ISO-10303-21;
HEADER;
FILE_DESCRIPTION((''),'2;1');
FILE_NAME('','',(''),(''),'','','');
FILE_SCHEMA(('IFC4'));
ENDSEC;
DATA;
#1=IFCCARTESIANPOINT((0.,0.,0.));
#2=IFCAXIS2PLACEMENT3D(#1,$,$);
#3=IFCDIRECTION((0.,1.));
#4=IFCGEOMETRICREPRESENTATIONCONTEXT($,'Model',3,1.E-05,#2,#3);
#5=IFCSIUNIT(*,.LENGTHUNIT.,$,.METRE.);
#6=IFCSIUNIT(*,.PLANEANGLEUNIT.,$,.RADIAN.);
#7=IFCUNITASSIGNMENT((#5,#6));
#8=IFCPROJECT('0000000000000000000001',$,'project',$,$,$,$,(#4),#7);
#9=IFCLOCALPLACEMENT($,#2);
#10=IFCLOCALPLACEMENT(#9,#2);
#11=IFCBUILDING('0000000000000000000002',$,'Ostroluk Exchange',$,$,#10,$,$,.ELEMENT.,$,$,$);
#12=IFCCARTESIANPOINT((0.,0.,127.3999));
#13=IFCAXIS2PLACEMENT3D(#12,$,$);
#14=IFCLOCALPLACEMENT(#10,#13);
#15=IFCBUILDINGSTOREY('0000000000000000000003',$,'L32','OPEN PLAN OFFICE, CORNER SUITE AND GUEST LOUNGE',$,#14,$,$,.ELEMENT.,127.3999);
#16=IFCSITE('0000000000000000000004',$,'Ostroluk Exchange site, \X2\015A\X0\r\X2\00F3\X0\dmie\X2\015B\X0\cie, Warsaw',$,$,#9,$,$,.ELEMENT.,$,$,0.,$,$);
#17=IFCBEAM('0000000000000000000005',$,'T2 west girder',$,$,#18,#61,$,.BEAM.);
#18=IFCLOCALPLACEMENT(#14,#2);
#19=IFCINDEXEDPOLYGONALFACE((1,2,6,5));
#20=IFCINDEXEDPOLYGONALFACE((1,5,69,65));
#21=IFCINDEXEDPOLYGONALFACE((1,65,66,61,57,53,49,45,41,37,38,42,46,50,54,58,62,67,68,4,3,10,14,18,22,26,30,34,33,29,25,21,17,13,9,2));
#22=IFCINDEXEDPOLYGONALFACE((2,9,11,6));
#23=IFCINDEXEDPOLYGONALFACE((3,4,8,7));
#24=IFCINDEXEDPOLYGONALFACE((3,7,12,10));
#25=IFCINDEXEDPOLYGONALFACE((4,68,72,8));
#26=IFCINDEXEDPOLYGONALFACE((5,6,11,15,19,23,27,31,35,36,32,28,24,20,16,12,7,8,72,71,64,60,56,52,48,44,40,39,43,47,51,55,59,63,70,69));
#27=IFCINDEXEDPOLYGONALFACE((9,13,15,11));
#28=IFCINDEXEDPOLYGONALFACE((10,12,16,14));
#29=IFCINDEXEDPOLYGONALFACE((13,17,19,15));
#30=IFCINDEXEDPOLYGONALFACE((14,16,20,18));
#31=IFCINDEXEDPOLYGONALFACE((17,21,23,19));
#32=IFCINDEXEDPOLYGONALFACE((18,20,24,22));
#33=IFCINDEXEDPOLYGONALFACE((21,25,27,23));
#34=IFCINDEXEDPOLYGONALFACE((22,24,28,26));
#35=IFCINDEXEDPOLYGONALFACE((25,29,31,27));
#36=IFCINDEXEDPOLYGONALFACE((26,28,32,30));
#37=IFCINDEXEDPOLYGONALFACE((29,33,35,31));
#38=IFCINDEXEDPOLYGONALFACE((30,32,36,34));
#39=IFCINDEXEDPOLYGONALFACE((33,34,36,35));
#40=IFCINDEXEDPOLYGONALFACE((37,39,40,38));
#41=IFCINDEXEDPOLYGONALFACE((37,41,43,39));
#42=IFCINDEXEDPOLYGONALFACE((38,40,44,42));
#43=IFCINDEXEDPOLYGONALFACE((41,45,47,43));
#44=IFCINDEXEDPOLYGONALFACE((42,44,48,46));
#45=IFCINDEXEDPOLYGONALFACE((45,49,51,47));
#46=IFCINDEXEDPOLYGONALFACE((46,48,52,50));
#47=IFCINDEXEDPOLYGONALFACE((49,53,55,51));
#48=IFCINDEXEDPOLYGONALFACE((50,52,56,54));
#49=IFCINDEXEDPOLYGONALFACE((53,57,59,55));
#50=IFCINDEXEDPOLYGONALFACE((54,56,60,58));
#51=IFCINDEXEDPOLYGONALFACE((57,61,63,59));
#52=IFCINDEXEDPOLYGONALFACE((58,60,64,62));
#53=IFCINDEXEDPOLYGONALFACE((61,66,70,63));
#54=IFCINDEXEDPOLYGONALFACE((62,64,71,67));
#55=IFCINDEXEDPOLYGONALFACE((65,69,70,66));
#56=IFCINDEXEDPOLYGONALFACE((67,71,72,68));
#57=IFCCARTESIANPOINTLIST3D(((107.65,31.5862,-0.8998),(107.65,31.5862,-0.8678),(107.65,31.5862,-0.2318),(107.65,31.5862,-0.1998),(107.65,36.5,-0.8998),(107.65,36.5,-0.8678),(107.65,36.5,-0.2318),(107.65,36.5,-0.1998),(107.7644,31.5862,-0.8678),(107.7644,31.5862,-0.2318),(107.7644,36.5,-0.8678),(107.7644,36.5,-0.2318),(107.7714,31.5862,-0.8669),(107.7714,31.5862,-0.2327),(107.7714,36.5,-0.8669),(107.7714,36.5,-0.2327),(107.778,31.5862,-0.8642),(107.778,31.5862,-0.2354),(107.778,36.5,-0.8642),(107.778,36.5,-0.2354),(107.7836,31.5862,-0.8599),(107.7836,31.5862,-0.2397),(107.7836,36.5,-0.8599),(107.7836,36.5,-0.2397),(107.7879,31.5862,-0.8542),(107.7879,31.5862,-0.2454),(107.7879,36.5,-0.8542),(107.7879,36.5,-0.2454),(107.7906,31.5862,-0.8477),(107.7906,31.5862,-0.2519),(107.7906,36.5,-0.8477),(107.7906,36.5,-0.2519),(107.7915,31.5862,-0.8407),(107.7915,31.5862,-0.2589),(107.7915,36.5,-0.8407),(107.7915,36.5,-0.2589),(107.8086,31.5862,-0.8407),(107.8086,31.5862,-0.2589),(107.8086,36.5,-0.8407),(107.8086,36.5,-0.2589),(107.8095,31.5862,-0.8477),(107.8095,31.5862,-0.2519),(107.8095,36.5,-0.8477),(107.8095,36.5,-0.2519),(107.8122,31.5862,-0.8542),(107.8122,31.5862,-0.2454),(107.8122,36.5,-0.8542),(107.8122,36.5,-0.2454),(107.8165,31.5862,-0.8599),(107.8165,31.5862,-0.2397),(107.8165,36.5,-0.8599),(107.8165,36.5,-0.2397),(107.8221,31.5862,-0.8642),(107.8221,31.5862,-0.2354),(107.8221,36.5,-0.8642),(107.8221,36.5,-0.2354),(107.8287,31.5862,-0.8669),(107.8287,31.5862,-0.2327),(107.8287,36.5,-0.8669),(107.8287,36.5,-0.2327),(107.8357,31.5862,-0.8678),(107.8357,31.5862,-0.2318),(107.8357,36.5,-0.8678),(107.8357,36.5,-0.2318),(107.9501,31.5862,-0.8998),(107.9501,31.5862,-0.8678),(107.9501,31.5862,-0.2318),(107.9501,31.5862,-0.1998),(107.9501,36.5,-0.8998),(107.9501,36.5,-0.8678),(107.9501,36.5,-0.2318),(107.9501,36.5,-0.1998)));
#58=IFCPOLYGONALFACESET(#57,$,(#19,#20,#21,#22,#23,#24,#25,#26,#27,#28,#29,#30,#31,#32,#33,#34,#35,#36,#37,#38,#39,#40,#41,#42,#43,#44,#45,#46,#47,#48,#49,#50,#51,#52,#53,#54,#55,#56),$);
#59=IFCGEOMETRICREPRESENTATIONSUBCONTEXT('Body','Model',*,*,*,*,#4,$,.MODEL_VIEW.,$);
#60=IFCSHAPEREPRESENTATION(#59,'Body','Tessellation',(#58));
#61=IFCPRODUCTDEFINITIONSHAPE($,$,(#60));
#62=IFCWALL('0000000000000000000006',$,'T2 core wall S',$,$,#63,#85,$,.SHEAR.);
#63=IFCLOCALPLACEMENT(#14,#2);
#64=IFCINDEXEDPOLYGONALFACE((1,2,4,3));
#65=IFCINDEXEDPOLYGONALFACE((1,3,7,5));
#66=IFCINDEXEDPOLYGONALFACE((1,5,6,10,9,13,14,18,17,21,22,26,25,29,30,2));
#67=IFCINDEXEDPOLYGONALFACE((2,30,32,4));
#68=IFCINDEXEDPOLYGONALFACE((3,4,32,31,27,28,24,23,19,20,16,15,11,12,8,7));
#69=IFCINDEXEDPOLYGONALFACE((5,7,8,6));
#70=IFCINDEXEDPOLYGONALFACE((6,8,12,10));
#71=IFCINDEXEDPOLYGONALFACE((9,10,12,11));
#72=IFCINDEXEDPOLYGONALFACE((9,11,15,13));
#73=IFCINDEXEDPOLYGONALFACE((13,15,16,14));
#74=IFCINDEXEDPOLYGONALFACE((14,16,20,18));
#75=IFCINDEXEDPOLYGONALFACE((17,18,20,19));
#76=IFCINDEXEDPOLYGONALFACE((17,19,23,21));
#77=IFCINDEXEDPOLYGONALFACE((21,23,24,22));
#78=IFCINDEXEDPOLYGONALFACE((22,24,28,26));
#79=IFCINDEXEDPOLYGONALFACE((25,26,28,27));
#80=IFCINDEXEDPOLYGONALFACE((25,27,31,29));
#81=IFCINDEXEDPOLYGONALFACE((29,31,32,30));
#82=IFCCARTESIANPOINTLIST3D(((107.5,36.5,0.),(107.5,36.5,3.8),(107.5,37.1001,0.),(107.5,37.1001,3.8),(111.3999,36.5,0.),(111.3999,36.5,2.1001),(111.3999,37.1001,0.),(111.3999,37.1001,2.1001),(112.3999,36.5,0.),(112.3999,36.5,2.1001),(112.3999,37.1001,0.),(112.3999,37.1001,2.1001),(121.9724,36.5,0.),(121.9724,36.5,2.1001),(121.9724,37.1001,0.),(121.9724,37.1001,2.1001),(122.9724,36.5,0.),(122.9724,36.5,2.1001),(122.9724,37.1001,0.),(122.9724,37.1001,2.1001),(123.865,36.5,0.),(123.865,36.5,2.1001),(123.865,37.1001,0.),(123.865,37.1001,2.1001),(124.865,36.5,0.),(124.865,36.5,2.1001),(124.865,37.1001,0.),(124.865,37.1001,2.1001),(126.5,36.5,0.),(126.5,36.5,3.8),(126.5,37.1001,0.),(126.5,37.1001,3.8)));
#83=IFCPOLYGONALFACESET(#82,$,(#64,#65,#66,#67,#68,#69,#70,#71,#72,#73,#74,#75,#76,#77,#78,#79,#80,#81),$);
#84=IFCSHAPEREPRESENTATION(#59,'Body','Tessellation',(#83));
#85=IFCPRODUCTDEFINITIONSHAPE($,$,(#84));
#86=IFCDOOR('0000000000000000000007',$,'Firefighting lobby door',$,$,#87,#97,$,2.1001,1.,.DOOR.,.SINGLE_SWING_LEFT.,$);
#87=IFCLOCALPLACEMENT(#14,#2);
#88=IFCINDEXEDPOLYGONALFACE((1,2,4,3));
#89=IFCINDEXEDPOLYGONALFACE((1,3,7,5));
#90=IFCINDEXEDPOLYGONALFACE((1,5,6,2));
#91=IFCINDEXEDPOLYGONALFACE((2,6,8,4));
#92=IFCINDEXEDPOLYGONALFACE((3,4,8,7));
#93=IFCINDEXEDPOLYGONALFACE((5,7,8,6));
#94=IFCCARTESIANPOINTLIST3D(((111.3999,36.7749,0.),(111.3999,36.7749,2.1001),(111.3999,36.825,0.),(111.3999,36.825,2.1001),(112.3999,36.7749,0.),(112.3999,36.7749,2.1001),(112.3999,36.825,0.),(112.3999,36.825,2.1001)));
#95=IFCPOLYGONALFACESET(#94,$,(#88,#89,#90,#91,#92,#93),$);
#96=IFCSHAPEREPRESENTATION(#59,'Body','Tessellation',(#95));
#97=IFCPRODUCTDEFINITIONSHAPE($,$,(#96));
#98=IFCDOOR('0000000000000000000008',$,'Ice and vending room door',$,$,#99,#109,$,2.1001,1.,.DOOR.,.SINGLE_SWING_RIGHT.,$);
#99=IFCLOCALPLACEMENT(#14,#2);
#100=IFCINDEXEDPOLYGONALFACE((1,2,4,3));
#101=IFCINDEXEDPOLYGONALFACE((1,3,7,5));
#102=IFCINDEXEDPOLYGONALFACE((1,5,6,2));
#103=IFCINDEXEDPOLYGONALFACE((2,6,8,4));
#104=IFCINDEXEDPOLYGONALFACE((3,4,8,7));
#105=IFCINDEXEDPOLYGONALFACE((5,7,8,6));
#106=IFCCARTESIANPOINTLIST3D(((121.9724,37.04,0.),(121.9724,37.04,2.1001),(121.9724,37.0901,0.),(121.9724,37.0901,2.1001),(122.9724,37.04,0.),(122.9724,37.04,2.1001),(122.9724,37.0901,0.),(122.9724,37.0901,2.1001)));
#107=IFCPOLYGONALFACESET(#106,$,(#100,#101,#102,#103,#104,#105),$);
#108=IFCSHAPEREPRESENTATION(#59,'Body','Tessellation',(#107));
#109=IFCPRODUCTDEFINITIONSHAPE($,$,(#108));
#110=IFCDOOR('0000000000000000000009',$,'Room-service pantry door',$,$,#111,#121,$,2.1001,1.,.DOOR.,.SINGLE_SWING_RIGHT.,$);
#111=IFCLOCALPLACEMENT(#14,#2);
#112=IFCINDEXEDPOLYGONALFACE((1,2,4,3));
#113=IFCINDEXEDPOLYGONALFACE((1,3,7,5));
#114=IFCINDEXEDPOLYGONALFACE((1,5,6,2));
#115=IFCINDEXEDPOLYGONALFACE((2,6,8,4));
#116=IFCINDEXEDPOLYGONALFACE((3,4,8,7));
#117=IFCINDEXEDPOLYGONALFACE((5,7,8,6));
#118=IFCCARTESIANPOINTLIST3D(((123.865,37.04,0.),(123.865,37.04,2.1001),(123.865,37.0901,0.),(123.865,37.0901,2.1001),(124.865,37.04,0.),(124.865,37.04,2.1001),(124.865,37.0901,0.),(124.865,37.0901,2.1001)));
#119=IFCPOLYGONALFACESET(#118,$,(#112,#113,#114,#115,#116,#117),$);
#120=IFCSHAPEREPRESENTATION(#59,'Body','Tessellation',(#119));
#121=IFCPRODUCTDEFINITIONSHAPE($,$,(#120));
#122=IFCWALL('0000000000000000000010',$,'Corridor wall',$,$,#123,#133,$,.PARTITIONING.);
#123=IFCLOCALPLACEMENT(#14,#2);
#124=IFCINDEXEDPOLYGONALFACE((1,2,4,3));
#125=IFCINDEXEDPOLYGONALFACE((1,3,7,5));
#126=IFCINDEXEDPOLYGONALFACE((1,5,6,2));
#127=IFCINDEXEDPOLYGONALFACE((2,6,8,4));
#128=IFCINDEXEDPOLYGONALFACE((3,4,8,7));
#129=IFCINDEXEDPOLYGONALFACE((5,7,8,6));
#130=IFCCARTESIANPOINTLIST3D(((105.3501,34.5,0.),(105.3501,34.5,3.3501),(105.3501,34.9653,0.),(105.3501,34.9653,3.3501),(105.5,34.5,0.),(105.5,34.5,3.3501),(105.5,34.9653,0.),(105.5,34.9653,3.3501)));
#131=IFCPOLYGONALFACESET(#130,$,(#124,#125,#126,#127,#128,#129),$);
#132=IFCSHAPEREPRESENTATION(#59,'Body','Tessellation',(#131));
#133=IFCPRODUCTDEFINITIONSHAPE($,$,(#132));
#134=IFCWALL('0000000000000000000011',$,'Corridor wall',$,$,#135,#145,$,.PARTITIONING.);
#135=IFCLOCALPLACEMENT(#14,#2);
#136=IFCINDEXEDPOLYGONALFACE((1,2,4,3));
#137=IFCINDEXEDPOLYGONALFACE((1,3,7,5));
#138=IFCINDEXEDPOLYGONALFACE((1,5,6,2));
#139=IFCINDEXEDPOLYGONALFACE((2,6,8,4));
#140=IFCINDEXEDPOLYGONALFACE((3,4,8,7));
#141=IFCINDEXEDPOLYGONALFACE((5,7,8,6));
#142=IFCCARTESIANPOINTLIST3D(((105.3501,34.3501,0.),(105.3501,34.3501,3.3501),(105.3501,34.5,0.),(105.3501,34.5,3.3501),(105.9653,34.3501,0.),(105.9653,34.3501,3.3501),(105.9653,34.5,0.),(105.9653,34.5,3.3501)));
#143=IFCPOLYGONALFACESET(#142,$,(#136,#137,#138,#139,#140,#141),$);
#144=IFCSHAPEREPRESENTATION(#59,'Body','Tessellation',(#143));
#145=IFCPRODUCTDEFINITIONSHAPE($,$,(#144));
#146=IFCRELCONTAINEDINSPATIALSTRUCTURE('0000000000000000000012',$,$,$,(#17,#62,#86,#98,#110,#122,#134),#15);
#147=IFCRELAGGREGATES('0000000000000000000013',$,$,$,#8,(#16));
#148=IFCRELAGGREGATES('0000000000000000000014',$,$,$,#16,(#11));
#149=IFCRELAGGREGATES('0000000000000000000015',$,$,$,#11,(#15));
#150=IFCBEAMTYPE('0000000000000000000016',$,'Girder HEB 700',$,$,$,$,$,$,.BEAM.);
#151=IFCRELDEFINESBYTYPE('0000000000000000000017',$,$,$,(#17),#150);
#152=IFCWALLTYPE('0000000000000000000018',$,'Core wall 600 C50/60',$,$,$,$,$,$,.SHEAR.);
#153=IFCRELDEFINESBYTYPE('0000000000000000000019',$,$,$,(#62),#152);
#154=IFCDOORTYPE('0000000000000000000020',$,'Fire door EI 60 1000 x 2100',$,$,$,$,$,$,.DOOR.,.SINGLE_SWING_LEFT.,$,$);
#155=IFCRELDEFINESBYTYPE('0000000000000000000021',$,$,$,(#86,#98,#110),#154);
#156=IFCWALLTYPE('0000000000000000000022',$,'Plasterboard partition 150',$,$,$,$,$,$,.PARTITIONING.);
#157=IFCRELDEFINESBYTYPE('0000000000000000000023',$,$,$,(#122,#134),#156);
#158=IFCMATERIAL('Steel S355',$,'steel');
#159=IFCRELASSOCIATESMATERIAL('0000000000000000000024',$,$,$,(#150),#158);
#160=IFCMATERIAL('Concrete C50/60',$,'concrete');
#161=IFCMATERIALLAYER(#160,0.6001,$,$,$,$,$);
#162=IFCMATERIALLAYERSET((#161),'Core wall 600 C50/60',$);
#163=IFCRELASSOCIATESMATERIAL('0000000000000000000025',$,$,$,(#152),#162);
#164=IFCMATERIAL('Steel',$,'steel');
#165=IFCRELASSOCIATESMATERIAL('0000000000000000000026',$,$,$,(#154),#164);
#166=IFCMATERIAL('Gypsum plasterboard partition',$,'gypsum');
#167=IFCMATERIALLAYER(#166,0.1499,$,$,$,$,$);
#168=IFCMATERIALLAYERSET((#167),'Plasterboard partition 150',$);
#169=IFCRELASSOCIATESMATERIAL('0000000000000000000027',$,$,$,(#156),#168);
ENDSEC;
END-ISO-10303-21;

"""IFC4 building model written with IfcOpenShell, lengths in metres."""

from ifc_helpers import new_model, si_unit, direction, frame, frame_2d, origin, origin_2d, place, context, subcontext, project, spatial, rectangle, i_section, extrude, material, layer, layer_set, material_profile, profile_set, type_object, element, fill, save


model = new_model("IFC4")

# Units and contexts
model_context = context("Model", 3, precision=1e-05, world=origin(), true_north=direction((0.0, 1.0)))
body_context = subcontext(model_context, "Body", "Model", "MODEL_VIEW")
ifc_project = project(units=[si_unit("LENGTHUNIT", "METRE"), si_unit("PLANEANGLEUNIT", "RADIAN")], contexts=[model_context])

# Site, building, storey
site_placement = place(None, origin())
site = spatial("IfcSite", under=ifc_project, at=site_placement, Name="Ostroluk Exchange site, Śródmieście, Warsaw", CompositionType="ELEMENT", RefElevation=0.0)
building_placement = place(site_placement, origin())
building = spatial("IfcBuilding", under=site, at=building_placement, Name="Ostroluk Exchange", CompositionType="ELEMENT")
storey_placement = place(building_placement, frame((0.0, 0.0, 127.3999)))
storey = spatial("IfcBuildingStorey", under=building, at=storey_placement, Name="L32", Description="OPEN PLAN OFFICE, CORNER SUITE AND GUEST LOUNGE", CompositionType="ELEMENT", Elevation=127.3999)

# Beam
ifc_material_1 = material(Name="Steel S355", Category="steel")
ifc_material_profile_1 = material_profile(ifc_material_1, i_section(OverallWidth=0.3, OverallDepth=0.7, WebThickness=0.0171, FlangeThickness=0.032, FilletRadius=0.0271, at=origin_2d()), Name="HEB 700")
ifc_profile_set_1 = profile_set([ifc_material_profile_1], Name="Steel S355")
beam_type_1 = type_object("IfcBeamType", Name="Girder HEB 700", PredefinedType="BEAM", material=ifc_profile_set_1)
beam_1_placement = place(storey_placement, frame((107.8, 36.5, -0.5498), z_axis=(0.0, -1.0, 0.0), x_axis=(1.0, 0.0, 0.0)))
element("IfcBeam", 1, at=beam_1_placement, inside=storey, type_object=beam_type_1, Name="T2 west girder", PredefinedType="BEAM", context=body_context, shape_type="SweptSolid", body=[
    extrude(i_section(OverallWidth=0.3, OverallDepth=0.7, WebThickness=0.0171, FlangeThickness=0.032, FilletRadius=0.0271, at=origin_2d()), origin(), (0.0, 0.0, 1.0), 4.9138),
])

# Wall, openings, doors
ifc_material_2 = material(Name="Concrete C50/60", Category="concrete")
ifc_layer_1 = layer(ifc_material_2, 0.6001)
ifc_layer_set_1 = layer_set([ifc_layer_1], Name="Core wall 600 C50/60")
wall_type_1 = type_object("IfcWallType", Name="Core wall 600 C50/60", PredefinedType="SHEAR", material=ifc_layer_set_1)
wall_1_placement = place(storey_placement, frame((107.5, 36.8, 0.0), z_axis=(0.0, 0.0, 1.0), x_axis=(1.0, 0.0, 0.0)))
wall_1 = element("IfcWall", 2, at=wall_1_placement, inside=storey, type_object=wall_type_1, Name="T2 core wall S", PredefinedType="SHEAR", context=body_context, shape_type="SweptSolid", body=[
    extrude(rectangle(XDim=19.0, YDim=0.6001, at=frame_2d((9.5, 0.0))), origin(), (0.0, 0.0, 1.0), 3.8),
])
opening_1_placement = place(wall_1_placement, frame((3.8999, 0.0, 0.0)))
opening_1 = element("IfcOpeningElement", 3, at=opening_1_placement, cuts=wall_1, PredefinedType="OPENING", context=body_context, shape_type="SweptSolid", body=[
    extrude(rectangle(XDim=1.0, YDim=2.1001, at=frame_2d((0.5, 1.05))), frame((0.0, 0.3101, 0.0), z_axis=(0.0, -1.0, 0.0), x_axis=(1.0, 0.0, 0.0)), (0.0, 0.0, 1.0), 0.6201),
])
opening_2_placement = place(wall_1_placement, frame((14.4724, 0.0, 0.0)))
opening_2 = element("IfcOpeningElement", 4, at=opening_2_placement, cuts=wall_1, PredefinedType="OPENING", context=body_context, shape_type="SweptSolid", body=[
    extrude(rectangle(XDim=1.0, YDim=2.1001, at=frame_2d((0.5, 1.05))), frame((0.0, 0.3101, 0.0), z_axis=(0.0, -1.0, 0.0), x_axis=(1.0, 0.0, 0.0)), (0.0, 0.0, 1.0), 0.6201),
])
opening_3_placement = place(wall_1_placement, frame((16.365, 0.0, 0.0)))
opening_3 = element("IfcOpeningElement", 5, at=opening_3_placement, cuts=wall_1, PredefinedType="OPENING", context=body_context, shape_type="SweptSolid", body=[
    extrude(rectangle(XDim=1.0, YDim=2.1001, at=frame_2d((0.5, 1.05))), frame((0.0, 0.3101, 0.0), z_axis=(0.0, -1.0, 0.0), x_axis=(1.0, 0.0, 0.0)), (0.0, 0.0, 1.0), 0.6201),
])
ifc_material_3 = material(Name="Steel", Category="steel")
door_type_1 = type_object("IfcDoorType", Name="Fire door EI 60 1000 x 2100", OperationType="SINGLE_SWING_LEFT", PredefinedType="DOOR", material=ifc_material_3)
door_1_placement = place(opening_1_placement, origin())
door_1 = element("IfcDoor", 6, at=door_1_placement, inside=storey, type_object=door_type_1, Name="Firefighting lobby door", OperationType="SINGLE_SWING_LEFT", OverallHeight=2.1001, OverallWidth=1.0, PredefinedType="DOOR", context=body_context, shape_type="SweptSolid", body=[
    extrude(rectangle(XDim=1.0, YDim=2.1001, at=frame_2d((0.5, 1.05))), frame((0.0, 0.0249, 0.0), z_axis=(0.0, -1.0, 0.0), x_axis=(1.0, 0.0, 0.0)), (0.0, 0.0, 1.0), 0.05),
])
fill(opening_1, door_1)
door_2_placement = place(opening_2_placement, origin())
door_2 = element("IfcDoor", 7, at=door_2_placement, inside=storey, type_object=door_type_1, Name="Ice and vending room door", OperationType="SINGLE_SWING_RIGHT", OverallHeight=2.1001, OverallWidth=1.0, PredefinedType="DOOR", context=body_context, shape_type="SweptSolid", body=[
    extrude(rectangle(XDim=1.0, YDim=2.1001, at=frame_2d((0.5, 1.05))), frame((0.0, 0.29, 0.0), z_axis=(0.0, -1.0, 0.0), x_axis=(1.0, 0.0, 0.0)), (0.0, 0.0, 1.0), 0.05),
])
fill(opening_2, door_2)
door_3_placement = place(opening_3_placement, origin())
door_3 = element("IfcDoor", 8, at=door_3_placement, inside=storey, type_object=door_type_1, Name="Room-service pantry door", OperationType="SINGLE_SWING_RIGHT", OverallHeight=2.1001, OverallWidth=1.0, PredefinedType="DOOR", context=body_context, shape_type="SweptSolid", body=[
    extrude(rectangle(XDim=1.0, YDim=2.1001, at=frame_2d((0.5, 1.05))), frame((0.0, 0.29, 0.0), z_axis=(0.0, -1.0, 0.0), x_axis=(1.0, 0.0, 0.0)), (0.0, 0.0, 1.0), 0.05),
])
fill(opening_3, door_3)

# Walls
ifc_material_4 = material(Name="Gypsum plasterboard partition", Category="gypsum")
ifc_layer_2 = layer(ifc_material_4, 0.1499)
ifc_layer_set_2 = layer_set([ifc_layer_2], Name="Plasterboard partition 150")
wall_type_2 = type_object("IfcWallType", Name="Plasterboard partition 150", PredefinedType="PARTITIONING", material=ifc_layer_set_2)
wall_2_placement = place(storey_placement, frame((105.425, 34.9653, 0.0), z_axis=(0.0, 0.0, 1.0), x_axis=(0.0, -1.0, 0.0)))
element("IfcWall", 9, at=wall_2_placement, inside=storey, type_object=wall_type_2, Name="Corridor wall", PredefinedType="PARTITIONING", context=body_context, shape_type="SweptSolid", body=[
    extrude(rectangle(XDim=0.4653, YDim=0.1499, at=frame_2d((0.2327, 0.0))), origin(), (0.0, 0.0, 1.0), 3.3501),
])
wall_3_placement = place(storey_placement, frame((105.3501, 34.425, 0.0), z_axis=(0.0, 0.0, 1.0), x_axis=(1.0, 0.0, 0.0)))
element("IfcWall", 10, at=wall_3_placement, inside=storey, type_object=wall_type_2, Name="Corridor wall", PredefinedType="PARTITIONING", context=body_context, shape_type="SweptSolid", body=[
    extrude(rectangle(XDim=0.6152, YDim=0.1499, at=frame_2d((0.3076, 0.0))), origin(), (0.0, 0.0, 1.0), 3.3501),
])

save(model, "model.ifc")
